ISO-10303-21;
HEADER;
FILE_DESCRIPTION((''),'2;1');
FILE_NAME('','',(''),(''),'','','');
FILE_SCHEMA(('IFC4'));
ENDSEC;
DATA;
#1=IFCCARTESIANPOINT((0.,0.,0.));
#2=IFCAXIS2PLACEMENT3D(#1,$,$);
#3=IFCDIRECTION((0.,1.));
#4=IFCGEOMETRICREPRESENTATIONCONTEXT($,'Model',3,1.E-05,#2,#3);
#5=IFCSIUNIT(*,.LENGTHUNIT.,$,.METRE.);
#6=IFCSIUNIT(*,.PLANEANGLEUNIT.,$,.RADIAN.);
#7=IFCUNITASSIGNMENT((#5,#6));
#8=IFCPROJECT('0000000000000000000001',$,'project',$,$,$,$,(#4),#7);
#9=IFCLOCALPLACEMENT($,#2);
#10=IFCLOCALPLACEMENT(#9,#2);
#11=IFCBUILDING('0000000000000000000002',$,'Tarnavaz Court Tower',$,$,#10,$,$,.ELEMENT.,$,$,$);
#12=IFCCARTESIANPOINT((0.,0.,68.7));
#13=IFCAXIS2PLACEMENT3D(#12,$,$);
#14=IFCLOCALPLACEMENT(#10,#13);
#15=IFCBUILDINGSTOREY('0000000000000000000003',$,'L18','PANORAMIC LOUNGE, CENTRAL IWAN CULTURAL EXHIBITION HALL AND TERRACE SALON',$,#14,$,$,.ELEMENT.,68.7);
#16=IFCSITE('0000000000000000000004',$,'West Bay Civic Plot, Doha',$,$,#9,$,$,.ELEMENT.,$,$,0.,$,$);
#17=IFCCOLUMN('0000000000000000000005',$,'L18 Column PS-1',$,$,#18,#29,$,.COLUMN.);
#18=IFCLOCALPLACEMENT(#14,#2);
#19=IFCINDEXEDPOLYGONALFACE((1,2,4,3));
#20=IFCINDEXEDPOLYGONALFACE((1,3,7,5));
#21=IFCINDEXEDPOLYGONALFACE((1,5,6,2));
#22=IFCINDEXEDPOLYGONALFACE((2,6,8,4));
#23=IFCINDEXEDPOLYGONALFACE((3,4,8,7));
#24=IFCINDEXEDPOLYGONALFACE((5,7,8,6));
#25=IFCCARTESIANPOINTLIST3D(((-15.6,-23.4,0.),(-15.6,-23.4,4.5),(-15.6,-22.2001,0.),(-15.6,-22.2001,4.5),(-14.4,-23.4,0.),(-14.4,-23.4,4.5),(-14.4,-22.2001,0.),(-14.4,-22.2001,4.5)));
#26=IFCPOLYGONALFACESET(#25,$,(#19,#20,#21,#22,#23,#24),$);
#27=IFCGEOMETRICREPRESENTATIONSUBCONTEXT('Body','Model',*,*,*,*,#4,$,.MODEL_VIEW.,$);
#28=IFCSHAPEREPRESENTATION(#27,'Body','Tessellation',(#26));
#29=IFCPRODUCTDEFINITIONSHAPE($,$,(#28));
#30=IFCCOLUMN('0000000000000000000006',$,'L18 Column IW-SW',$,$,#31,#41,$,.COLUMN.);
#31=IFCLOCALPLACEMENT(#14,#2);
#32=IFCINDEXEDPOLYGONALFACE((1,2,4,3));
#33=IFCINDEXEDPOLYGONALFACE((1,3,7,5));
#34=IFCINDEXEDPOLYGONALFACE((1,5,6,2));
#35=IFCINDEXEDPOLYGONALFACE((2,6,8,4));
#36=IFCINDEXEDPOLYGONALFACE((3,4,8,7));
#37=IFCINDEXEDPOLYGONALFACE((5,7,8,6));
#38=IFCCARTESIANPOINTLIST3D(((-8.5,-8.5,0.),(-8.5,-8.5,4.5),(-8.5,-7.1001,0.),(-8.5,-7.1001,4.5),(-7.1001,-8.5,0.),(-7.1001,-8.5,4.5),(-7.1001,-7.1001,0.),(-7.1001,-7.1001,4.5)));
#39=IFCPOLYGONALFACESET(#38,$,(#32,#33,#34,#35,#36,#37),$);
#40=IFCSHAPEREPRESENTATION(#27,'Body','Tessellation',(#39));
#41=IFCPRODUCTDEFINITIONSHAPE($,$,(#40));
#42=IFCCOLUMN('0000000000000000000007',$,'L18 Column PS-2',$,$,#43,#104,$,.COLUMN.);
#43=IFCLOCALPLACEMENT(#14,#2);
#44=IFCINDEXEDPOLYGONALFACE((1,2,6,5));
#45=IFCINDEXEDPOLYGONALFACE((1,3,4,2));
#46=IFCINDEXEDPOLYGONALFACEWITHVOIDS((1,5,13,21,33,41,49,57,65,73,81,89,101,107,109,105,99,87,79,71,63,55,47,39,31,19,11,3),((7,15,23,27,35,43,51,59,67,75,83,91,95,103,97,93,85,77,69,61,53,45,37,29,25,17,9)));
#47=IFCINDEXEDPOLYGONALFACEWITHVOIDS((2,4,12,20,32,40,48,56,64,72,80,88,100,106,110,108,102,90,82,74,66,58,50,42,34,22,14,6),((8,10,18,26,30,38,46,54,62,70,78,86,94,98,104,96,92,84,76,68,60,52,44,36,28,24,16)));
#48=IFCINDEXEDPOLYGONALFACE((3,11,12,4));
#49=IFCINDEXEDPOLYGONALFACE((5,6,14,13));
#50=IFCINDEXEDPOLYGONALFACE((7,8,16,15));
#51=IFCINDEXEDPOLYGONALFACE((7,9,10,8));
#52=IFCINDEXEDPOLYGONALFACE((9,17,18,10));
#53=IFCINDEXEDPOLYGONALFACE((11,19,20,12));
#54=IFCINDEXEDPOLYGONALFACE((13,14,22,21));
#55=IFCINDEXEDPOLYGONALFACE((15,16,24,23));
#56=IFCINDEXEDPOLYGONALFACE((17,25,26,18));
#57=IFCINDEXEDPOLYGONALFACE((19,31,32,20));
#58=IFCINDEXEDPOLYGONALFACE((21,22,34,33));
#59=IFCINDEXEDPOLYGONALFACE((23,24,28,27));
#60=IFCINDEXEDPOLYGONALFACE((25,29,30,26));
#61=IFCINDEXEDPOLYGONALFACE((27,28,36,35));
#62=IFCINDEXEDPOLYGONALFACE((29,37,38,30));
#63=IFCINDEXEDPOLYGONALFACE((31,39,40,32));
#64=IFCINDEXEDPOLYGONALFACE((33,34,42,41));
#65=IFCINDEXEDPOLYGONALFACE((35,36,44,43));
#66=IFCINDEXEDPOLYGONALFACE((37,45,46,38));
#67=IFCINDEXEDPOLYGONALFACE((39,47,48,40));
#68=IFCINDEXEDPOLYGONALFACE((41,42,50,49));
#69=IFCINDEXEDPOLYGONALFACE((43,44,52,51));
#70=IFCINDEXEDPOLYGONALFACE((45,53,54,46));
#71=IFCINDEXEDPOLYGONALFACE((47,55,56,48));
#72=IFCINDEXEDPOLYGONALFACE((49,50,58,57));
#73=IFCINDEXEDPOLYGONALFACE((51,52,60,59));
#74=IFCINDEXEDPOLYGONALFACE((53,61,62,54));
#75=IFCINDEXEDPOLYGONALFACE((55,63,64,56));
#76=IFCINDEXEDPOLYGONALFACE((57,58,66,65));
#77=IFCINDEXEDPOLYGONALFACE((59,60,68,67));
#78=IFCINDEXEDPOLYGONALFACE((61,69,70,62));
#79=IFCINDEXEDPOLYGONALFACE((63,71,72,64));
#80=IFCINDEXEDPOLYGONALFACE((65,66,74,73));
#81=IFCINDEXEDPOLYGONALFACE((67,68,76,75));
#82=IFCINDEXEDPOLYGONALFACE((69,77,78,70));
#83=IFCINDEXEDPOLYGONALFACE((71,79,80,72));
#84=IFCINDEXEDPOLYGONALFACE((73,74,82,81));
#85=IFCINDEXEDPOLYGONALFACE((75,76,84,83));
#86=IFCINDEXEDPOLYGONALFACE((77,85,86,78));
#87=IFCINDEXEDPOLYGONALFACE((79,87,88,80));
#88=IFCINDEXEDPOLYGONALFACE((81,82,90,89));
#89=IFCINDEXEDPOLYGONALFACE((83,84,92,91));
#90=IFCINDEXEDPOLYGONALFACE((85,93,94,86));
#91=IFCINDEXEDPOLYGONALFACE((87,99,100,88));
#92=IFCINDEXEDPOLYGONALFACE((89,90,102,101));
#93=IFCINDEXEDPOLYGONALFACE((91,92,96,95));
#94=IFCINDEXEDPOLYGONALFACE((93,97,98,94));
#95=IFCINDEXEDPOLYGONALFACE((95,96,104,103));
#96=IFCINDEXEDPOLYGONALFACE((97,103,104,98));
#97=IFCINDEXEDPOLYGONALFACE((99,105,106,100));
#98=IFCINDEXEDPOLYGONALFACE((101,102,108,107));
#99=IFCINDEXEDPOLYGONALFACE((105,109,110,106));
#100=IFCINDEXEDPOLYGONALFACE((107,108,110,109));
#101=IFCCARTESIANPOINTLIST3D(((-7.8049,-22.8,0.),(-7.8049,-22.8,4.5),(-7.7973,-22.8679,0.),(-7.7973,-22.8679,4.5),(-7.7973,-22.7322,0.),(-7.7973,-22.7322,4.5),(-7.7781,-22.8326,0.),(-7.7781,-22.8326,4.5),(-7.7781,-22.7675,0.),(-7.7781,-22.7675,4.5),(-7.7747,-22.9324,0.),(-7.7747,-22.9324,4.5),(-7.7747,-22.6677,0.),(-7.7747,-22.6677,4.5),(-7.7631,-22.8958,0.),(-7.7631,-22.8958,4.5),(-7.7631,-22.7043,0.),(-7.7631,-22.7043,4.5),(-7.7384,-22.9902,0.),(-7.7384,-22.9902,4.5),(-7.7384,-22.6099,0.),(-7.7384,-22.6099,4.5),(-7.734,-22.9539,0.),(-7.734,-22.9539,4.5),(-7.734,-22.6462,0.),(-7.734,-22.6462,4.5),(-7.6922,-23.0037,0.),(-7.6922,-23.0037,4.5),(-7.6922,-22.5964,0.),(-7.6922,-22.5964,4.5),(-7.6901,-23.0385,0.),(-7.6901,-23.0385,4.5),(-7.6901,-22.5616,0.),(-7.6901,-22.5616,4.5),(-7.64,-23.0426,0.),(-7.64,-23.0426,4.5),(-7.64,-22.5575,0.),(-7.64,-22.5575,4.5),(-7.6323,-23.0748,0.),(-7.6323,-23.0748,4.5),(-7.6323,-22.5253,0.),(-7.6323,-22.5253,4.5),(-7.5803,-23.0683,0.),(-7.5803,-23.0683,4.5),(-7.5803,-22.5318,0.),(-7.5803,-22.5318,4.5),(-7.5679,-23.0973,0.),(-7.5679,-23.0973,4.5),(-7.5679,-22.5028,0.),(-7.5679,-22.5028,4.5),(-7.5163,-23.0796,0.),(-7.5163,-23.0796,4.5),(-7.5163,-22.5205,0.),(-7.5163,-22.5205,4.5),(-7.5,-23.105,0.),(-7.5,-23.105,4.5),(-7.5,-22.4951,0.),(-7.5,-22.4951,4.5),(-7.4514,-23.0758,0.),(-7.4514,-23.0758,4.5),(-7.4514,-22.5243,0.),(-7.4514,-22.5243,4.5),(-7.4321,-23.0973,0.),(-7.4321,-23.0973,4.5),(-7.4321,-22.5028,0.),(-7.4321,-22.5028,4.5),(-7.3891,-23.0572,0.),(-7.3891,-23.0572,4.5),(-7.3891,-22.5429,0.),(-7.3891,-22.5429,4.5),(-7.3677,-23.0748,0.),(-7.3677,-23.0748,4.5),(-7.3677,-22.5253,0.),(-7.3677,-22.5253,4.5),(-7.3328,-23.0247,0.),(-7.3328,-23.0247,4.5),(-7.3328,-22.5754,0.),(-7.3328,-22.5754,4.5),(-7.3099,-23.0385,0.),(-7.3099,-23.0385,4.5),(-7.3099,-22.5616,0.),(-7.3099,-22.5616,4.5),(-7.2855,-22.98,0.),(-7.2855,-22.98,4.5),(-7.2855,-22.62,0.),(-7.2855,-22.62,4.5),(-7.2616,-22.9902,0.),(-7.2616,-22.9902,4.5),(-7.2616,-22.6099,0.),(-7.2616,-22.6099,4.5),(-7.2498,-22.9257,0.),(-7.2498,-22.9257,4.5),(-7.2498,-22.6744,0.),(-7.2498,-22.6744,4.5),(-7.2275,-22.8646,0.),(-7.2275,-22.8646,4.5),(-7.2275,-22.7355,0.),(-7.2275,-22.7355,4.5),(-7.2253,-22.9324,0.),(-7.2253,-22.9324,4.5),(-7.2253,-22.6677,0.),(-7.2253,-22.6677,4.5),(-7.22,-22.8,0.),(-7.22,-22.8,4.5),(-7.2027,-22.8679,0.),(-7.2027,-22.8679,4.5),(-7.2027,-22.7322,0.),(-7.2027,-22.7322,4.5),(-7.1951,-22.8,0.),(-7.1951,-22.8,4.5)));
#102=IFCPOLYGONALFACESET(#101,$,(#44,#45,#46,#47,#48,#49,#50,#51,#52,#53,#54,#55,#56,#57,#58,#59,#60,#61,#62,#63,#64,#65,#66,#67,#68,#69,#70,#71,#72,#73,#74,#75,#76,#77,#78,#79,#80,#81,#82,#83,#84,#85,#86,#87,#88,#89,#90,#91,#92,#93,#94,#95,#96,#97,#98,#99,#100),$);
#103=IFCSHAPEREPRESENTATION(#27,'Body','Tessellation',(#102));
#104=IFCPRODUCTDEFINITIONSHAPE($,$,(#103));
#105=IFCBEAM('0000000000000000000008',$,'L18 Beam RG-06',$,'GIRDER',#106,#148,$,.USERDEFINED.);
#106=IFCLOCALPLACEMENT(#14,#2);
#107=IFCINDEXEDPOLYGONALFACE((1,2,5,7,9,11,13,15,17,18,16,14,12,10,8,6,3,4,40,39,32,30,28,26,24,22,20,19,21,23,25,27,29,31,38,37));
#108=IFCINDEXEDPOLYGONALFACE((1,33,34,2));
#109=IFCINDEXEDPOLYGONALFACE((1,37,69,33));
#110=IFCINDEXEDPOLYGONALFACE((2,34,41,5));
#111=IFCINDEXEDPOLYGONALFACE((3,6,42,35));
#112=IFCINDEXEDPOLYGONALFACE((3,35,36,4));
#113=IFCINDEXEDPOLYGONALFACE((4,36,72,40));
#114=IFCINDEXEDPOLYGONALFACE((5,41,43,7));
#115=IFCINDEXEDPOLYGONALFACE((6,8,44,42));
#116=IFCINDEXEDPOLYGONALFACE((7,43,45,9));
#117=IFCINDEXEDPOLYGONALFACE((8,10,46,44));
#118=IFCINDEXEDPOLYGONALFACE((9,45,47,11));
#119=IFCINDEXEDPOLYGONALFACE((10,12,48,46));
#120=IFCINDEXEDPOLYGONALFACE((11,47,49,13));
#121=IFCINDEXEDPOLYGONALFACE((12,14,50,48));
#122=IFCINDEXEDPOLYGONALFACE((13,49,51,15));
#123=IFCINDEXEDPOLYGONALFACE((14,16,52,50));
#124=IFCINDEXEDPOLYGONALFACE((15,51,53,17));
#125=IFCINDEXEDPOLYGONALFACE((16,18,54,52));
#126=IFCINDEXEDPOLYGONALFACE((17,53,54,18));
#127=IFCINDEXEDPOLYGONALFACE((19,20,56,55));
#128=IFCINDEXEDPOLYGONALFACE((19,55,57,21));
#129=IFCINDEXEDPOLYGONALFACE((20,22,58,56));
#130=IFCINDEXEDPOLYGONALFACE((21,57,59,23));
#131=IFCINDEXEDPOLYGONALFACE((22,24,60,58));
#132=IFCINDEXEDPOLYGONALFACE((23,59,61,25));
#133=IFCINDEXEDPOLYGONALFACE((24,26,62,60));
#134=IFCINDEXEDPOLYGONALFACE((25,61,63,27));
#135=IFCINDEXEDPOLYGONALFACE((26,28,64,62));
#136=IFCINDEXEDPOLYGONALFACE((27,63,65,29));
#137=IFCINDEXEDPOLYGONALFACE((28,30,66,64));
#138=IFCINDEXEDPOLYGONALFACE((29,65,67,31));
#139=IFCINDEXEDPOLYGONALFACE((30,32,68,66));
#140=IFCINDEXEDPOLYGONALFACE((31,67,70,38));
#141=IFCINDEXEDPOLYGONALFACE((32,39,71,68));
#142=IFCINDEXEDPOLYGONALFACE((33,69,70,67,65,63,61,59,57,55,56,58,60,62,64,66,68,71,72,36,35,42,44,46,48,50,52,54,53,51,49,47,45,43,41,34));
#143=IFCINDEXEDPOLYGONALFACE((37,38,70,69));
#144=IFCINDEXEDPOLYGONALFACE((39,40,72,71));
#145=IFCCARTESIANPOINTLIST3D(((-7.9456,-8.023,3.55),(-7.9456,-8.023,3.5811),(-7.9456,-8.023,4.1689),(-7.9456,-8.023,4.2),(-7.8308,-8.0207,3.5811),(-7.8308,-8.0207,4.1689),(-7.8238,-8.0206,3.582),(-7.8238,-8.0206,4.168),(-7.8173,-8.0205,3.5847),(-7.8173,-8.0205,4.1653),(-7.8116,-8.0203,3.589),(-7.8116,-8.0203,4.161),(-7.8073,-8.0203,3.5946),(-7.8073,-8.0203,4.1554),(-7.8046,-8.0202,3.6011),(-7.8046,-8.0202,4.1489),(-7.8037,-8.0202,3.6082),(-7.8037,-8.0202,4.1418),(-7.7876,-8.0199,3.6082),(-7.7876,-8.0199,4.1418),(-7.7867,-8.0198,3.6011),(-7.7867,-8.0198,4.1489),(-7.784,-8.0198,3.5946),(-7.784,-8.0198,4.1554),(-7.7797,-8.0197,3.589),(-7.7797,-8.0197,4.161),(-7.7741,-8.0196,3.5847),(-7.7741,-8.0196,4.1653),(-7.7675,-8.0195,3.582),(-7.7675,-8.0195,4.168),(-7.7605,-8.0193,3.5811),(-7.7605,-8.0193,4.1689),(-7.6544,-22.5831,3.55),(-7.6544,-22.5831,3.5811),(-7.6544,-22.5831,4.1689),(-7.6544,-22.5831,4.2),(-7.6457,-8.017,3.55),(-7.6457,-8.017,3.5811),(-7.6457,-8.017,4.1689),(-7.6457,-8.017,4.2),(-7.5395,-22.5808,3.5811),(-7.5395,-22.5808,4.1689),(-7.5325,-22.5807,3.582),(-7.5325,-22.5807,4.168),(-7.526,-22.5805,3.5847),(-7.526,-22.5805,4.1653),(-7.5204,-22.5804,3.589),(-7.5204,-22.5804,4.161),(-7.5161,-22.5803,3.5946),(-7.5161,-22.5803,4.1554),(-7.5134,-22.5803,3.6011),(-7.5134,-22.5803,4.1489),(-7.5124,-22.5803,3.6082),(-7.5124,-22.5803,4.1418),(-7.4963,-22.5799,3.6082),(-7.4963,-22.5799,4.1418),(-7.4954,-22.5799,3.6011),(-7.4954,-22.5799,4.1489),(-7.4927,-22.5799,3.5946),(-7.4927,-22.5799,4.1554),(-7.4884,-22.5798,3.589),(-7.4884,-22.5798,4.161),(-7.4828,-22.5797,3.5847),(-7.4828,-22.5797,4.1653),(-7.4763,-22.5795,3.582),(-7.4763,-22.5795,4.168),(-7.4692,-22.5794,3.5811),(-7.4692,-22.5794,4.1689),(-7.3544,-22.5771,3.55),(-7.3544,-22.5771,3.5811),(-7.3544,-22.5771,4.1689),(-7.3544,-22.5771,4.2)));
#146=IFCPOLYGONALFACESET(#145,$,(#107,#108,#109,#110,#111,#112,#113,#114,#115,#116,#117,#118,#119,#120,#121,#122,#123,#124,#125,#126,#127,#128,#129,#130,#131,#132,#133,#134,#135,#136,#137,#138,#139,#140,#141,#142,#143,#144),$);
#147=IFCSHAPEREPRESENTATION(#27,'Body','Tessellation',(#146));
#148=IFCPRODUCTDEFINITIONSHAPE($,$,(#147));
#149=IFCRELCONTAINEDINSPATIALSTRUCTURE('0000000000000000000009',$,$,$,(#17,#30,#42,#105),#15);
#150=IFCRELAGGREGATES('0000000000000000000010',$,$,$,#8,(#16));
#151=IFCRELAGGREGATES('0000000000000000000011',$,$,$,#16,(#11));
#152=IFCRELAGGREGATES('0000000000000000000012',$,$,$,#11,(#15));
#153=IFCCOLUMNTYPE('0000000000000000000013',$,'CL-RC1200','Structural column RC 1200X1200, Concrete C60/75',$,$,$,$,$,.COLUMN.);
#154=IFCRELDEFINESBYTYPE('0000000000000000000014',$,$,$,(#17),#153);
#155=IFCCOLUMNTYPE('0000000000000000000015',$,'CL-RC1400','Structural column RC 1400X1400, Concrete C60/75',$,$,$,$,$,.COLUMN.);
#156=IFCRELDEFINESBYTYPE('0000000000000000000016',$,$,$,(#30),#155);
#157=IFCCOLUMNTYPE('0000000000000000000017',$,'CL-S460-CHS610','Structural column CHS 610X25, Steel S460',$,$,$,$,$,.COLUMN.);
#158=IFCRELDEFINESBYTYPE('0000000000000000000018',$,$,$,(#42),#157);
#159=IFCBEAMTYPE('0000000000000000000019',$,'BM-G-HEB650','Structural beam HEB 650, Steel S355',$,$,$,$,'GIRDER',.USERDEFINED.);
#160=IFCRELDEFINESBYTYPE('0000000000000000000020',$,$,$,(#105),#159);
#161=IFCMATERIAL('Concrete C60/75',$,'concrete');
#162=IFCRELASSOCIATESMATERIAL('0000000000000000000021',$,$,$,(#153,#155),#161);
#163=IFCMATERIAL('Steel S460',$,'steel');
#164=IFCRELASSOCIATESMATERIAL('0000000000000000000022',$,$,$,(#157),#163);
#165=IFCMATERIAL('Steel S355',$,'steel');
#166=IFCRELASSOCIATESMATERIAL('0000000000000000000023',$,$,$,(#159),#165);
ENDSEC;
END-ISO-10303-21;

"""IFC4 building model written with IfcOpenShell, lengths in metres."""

from ifc_helpers import new_model, si_unit, direction, frame, origin, origin_2d, place, context, subcontext, project, spatial, rectangle, hollow_circle, i_section, extrude, material, material_profile, profile_set, type_object, element, save


model = new_model("IFC4")

# Units and contexts
model_context = context("Model", 3, precision=1e-05, world=origin(), true_north=direction((0.0, 1.0)))
body_context = subcontext(model_context, "Body", "Model", "MODEL_VIEW")
ifc_project = project(units=[si_unit("LENGTHUNIT", "METRE"), si_unit("PLANEANGLEUNIT", "RADIAN")], contexts=[model_context])

# Site, building, storey
site_placement = place(None, origin())
site = spatial("IfcSite", under=ifc_project, at=site_placement, Name="West Bay Civic Plot, Doha", CompositionType="ELEMENT", RefElevation=0.0)
building_placement = place(site_placement, origin())
building = spatial("IfcBuilding", under=site, at=building_placement, Name="Tarnavaz Court Tower", CompositionType="ELEMENT")
storey_placement = place(building_placement, frame((0.0, 0.0, 68.7)))
storey = spatial("IfcBuildingStorey", under=building, at=storey_placement, Name="L18", Description="PANORAMIC LOUNGE, CENTRAL IWAN CULTURAL EXHIBITION HALL AND TERRACE SALON", CompositionType="ELEMENT", Elevation=68.7)

# Columns
ifc_material_1 = material(Name="Concrete C60/75", Category="concrete")
ifc_material_profile_1 = material_profile(ifc_material_1, rectangle(XDim=1.2, YDim=1.2, at=origin_2d()), Name="RC 1200X1200")
ifc_profile_set_1 = profile_set([ifc_material_profile_1], Name="Concrete C60/75")
column_type_1 = type_object("IfcColumnType", Name="CL-RC1200", Description="Structural column RC 1200X1200, Concrete C60/75", PredefinedType="COLUMN", material=ifc_profile_set_1)
column_1_placement = place(storey_placement, frame((-15.0, -22.8, 0.0), z_axis=(0.0, 0.0, 1.0), x_axis=(1.0, 0.0, 0.0)))
element("IfcColumn", 1, at=column_1_placement, inside=storey, type_object=column_type_1, Name="L18 Column PS-1", PredefinedType="COLUMN", context=body_context, shape_type="SweptSolid", body=[
    extrude(rectangle(XDim=1.2, YDim=1.2, at=origin_2d()), origin(), (0.0, 0.0, 1.0), 4.5),
])
ifc_material_profile_2 = material_profile(ifc_material_1, rectangle(XDim=1.3999, YDim=1.3999, at=origin_2d()), Name="RC 1400X1400")
ifc_profile_set_2 = profile_set([ifc_material_profile_2], Name="Concrete C60/75")
column_type_2 = type_object("IfcColumnType", Name="CL-RC1400", Description="Structural column RC 1400X1400, Concrete C60/75", PredefinedType="COLUMN", material=ifc_profile_set_2)
column_2_placement = place(storey_placement, frame((-7.8, -7.8, 0.0), z_axis=(0.0, 0.0, 1.0), x_axis=(1.0, 0.0, 0.0)))
element("IfcColumn", 2, at=column_2_placement, inside=storey, type_object=column_type_2, Name="L18 Column IW-SW", PredefinedType="COLUMN", context=body_context, shape_type="SweptSolid", body=[
    extrude(rectangle(XDim=1.3999, YDim=1.3999, at=origin_2d()), origin(), (0.0, 0.0, 1.0), 4.5),
])
ifc_material_2 = material(Name="Steel S460", Category="steel")
ifc_material_profile_3 = material_profile(ifc_material_2, hollow_circle(Radius=0.3049, WallThickness=0.0249, at=origin_2d()), Name="CHS 610X25")
ifc_profile_set_3 = profile_set([ifc_material_profile_3], Name="Steel S460")
column_type_3 = type_object("IfcColumnType", Name="CL-S460-CHS610", Description="Structural column CHS 610X25, Steel S460", PredefinedType="COLUMN", material=ifc_profile_set_3)
column_3_placement = place(storey_placement, frame((-7.5, -22.8, 0.0), z_axis=(0.0, 0.0, 1.0), x_axis=(1.0, 0.0, 0.0)))
element("IfcColumn", 3, at=column_3_placement, inside=storey, type_object=column_type_3, Name="L18 Column PS-2", PredefinedType="COLUMN", context=body_context, shape_type="SweptSolid", body=[
    extrude(hollow_circle(Radius=0.3049, WallThickness=0.0249, at=origin_2d()), origin(), (0.0, 0.0, 1.0), 4.5),
])

# Beam
ifc_material_3 = material(Name="Steel S355", Category="steel")
ifc_material_profile_4 = material_profile(ifc_material_3, i_section(OverallWidth=0.3, OverallDepth=0.6499, WebThickness=0.0161, FlangeThickness=0.031, FilletRadius=0.0271, at=origin_2d()), Name="HEB 650")
ifc_profile_set_4 = profile_set([ifc_material_profile_4], Name="Steel S355")
beam_type_1 = type_object("IfcBeamType", Name="BM-G-HEB650", Description="Structural beam HEB 650, Steel S355", ElementType="GIRDER", PredefinedType="USERDEFINED", material=ifc_profile_set_4)
beam_1_placement = place(storey_placement, frame((-7.7957, -8.02, 3.875), z_axis=(0.02, -0.9998, 0.0), x_axis=(0.9998, 0.02, 0.0)))
element("IfcBeam", 4, at=beam_1_placement, inside=storey, type_object=beam_type_1, Name="L18 Beam RG-06", ObjectType="GIRDER", PredefinedType="USERDEFINED", context=body_context, shape_type="SweptSolid", body=[
    extrude(i_section(OverallWidth=0.3, OverallDepth=0.6499, WebThickness=0.0161, FlangeThickness=0.031, FilletRadius=0.0271, at=origin_2d()), origin(), (0.0, 0.0, 1.0), 14.563),
])

save(model, "model.ifc")
